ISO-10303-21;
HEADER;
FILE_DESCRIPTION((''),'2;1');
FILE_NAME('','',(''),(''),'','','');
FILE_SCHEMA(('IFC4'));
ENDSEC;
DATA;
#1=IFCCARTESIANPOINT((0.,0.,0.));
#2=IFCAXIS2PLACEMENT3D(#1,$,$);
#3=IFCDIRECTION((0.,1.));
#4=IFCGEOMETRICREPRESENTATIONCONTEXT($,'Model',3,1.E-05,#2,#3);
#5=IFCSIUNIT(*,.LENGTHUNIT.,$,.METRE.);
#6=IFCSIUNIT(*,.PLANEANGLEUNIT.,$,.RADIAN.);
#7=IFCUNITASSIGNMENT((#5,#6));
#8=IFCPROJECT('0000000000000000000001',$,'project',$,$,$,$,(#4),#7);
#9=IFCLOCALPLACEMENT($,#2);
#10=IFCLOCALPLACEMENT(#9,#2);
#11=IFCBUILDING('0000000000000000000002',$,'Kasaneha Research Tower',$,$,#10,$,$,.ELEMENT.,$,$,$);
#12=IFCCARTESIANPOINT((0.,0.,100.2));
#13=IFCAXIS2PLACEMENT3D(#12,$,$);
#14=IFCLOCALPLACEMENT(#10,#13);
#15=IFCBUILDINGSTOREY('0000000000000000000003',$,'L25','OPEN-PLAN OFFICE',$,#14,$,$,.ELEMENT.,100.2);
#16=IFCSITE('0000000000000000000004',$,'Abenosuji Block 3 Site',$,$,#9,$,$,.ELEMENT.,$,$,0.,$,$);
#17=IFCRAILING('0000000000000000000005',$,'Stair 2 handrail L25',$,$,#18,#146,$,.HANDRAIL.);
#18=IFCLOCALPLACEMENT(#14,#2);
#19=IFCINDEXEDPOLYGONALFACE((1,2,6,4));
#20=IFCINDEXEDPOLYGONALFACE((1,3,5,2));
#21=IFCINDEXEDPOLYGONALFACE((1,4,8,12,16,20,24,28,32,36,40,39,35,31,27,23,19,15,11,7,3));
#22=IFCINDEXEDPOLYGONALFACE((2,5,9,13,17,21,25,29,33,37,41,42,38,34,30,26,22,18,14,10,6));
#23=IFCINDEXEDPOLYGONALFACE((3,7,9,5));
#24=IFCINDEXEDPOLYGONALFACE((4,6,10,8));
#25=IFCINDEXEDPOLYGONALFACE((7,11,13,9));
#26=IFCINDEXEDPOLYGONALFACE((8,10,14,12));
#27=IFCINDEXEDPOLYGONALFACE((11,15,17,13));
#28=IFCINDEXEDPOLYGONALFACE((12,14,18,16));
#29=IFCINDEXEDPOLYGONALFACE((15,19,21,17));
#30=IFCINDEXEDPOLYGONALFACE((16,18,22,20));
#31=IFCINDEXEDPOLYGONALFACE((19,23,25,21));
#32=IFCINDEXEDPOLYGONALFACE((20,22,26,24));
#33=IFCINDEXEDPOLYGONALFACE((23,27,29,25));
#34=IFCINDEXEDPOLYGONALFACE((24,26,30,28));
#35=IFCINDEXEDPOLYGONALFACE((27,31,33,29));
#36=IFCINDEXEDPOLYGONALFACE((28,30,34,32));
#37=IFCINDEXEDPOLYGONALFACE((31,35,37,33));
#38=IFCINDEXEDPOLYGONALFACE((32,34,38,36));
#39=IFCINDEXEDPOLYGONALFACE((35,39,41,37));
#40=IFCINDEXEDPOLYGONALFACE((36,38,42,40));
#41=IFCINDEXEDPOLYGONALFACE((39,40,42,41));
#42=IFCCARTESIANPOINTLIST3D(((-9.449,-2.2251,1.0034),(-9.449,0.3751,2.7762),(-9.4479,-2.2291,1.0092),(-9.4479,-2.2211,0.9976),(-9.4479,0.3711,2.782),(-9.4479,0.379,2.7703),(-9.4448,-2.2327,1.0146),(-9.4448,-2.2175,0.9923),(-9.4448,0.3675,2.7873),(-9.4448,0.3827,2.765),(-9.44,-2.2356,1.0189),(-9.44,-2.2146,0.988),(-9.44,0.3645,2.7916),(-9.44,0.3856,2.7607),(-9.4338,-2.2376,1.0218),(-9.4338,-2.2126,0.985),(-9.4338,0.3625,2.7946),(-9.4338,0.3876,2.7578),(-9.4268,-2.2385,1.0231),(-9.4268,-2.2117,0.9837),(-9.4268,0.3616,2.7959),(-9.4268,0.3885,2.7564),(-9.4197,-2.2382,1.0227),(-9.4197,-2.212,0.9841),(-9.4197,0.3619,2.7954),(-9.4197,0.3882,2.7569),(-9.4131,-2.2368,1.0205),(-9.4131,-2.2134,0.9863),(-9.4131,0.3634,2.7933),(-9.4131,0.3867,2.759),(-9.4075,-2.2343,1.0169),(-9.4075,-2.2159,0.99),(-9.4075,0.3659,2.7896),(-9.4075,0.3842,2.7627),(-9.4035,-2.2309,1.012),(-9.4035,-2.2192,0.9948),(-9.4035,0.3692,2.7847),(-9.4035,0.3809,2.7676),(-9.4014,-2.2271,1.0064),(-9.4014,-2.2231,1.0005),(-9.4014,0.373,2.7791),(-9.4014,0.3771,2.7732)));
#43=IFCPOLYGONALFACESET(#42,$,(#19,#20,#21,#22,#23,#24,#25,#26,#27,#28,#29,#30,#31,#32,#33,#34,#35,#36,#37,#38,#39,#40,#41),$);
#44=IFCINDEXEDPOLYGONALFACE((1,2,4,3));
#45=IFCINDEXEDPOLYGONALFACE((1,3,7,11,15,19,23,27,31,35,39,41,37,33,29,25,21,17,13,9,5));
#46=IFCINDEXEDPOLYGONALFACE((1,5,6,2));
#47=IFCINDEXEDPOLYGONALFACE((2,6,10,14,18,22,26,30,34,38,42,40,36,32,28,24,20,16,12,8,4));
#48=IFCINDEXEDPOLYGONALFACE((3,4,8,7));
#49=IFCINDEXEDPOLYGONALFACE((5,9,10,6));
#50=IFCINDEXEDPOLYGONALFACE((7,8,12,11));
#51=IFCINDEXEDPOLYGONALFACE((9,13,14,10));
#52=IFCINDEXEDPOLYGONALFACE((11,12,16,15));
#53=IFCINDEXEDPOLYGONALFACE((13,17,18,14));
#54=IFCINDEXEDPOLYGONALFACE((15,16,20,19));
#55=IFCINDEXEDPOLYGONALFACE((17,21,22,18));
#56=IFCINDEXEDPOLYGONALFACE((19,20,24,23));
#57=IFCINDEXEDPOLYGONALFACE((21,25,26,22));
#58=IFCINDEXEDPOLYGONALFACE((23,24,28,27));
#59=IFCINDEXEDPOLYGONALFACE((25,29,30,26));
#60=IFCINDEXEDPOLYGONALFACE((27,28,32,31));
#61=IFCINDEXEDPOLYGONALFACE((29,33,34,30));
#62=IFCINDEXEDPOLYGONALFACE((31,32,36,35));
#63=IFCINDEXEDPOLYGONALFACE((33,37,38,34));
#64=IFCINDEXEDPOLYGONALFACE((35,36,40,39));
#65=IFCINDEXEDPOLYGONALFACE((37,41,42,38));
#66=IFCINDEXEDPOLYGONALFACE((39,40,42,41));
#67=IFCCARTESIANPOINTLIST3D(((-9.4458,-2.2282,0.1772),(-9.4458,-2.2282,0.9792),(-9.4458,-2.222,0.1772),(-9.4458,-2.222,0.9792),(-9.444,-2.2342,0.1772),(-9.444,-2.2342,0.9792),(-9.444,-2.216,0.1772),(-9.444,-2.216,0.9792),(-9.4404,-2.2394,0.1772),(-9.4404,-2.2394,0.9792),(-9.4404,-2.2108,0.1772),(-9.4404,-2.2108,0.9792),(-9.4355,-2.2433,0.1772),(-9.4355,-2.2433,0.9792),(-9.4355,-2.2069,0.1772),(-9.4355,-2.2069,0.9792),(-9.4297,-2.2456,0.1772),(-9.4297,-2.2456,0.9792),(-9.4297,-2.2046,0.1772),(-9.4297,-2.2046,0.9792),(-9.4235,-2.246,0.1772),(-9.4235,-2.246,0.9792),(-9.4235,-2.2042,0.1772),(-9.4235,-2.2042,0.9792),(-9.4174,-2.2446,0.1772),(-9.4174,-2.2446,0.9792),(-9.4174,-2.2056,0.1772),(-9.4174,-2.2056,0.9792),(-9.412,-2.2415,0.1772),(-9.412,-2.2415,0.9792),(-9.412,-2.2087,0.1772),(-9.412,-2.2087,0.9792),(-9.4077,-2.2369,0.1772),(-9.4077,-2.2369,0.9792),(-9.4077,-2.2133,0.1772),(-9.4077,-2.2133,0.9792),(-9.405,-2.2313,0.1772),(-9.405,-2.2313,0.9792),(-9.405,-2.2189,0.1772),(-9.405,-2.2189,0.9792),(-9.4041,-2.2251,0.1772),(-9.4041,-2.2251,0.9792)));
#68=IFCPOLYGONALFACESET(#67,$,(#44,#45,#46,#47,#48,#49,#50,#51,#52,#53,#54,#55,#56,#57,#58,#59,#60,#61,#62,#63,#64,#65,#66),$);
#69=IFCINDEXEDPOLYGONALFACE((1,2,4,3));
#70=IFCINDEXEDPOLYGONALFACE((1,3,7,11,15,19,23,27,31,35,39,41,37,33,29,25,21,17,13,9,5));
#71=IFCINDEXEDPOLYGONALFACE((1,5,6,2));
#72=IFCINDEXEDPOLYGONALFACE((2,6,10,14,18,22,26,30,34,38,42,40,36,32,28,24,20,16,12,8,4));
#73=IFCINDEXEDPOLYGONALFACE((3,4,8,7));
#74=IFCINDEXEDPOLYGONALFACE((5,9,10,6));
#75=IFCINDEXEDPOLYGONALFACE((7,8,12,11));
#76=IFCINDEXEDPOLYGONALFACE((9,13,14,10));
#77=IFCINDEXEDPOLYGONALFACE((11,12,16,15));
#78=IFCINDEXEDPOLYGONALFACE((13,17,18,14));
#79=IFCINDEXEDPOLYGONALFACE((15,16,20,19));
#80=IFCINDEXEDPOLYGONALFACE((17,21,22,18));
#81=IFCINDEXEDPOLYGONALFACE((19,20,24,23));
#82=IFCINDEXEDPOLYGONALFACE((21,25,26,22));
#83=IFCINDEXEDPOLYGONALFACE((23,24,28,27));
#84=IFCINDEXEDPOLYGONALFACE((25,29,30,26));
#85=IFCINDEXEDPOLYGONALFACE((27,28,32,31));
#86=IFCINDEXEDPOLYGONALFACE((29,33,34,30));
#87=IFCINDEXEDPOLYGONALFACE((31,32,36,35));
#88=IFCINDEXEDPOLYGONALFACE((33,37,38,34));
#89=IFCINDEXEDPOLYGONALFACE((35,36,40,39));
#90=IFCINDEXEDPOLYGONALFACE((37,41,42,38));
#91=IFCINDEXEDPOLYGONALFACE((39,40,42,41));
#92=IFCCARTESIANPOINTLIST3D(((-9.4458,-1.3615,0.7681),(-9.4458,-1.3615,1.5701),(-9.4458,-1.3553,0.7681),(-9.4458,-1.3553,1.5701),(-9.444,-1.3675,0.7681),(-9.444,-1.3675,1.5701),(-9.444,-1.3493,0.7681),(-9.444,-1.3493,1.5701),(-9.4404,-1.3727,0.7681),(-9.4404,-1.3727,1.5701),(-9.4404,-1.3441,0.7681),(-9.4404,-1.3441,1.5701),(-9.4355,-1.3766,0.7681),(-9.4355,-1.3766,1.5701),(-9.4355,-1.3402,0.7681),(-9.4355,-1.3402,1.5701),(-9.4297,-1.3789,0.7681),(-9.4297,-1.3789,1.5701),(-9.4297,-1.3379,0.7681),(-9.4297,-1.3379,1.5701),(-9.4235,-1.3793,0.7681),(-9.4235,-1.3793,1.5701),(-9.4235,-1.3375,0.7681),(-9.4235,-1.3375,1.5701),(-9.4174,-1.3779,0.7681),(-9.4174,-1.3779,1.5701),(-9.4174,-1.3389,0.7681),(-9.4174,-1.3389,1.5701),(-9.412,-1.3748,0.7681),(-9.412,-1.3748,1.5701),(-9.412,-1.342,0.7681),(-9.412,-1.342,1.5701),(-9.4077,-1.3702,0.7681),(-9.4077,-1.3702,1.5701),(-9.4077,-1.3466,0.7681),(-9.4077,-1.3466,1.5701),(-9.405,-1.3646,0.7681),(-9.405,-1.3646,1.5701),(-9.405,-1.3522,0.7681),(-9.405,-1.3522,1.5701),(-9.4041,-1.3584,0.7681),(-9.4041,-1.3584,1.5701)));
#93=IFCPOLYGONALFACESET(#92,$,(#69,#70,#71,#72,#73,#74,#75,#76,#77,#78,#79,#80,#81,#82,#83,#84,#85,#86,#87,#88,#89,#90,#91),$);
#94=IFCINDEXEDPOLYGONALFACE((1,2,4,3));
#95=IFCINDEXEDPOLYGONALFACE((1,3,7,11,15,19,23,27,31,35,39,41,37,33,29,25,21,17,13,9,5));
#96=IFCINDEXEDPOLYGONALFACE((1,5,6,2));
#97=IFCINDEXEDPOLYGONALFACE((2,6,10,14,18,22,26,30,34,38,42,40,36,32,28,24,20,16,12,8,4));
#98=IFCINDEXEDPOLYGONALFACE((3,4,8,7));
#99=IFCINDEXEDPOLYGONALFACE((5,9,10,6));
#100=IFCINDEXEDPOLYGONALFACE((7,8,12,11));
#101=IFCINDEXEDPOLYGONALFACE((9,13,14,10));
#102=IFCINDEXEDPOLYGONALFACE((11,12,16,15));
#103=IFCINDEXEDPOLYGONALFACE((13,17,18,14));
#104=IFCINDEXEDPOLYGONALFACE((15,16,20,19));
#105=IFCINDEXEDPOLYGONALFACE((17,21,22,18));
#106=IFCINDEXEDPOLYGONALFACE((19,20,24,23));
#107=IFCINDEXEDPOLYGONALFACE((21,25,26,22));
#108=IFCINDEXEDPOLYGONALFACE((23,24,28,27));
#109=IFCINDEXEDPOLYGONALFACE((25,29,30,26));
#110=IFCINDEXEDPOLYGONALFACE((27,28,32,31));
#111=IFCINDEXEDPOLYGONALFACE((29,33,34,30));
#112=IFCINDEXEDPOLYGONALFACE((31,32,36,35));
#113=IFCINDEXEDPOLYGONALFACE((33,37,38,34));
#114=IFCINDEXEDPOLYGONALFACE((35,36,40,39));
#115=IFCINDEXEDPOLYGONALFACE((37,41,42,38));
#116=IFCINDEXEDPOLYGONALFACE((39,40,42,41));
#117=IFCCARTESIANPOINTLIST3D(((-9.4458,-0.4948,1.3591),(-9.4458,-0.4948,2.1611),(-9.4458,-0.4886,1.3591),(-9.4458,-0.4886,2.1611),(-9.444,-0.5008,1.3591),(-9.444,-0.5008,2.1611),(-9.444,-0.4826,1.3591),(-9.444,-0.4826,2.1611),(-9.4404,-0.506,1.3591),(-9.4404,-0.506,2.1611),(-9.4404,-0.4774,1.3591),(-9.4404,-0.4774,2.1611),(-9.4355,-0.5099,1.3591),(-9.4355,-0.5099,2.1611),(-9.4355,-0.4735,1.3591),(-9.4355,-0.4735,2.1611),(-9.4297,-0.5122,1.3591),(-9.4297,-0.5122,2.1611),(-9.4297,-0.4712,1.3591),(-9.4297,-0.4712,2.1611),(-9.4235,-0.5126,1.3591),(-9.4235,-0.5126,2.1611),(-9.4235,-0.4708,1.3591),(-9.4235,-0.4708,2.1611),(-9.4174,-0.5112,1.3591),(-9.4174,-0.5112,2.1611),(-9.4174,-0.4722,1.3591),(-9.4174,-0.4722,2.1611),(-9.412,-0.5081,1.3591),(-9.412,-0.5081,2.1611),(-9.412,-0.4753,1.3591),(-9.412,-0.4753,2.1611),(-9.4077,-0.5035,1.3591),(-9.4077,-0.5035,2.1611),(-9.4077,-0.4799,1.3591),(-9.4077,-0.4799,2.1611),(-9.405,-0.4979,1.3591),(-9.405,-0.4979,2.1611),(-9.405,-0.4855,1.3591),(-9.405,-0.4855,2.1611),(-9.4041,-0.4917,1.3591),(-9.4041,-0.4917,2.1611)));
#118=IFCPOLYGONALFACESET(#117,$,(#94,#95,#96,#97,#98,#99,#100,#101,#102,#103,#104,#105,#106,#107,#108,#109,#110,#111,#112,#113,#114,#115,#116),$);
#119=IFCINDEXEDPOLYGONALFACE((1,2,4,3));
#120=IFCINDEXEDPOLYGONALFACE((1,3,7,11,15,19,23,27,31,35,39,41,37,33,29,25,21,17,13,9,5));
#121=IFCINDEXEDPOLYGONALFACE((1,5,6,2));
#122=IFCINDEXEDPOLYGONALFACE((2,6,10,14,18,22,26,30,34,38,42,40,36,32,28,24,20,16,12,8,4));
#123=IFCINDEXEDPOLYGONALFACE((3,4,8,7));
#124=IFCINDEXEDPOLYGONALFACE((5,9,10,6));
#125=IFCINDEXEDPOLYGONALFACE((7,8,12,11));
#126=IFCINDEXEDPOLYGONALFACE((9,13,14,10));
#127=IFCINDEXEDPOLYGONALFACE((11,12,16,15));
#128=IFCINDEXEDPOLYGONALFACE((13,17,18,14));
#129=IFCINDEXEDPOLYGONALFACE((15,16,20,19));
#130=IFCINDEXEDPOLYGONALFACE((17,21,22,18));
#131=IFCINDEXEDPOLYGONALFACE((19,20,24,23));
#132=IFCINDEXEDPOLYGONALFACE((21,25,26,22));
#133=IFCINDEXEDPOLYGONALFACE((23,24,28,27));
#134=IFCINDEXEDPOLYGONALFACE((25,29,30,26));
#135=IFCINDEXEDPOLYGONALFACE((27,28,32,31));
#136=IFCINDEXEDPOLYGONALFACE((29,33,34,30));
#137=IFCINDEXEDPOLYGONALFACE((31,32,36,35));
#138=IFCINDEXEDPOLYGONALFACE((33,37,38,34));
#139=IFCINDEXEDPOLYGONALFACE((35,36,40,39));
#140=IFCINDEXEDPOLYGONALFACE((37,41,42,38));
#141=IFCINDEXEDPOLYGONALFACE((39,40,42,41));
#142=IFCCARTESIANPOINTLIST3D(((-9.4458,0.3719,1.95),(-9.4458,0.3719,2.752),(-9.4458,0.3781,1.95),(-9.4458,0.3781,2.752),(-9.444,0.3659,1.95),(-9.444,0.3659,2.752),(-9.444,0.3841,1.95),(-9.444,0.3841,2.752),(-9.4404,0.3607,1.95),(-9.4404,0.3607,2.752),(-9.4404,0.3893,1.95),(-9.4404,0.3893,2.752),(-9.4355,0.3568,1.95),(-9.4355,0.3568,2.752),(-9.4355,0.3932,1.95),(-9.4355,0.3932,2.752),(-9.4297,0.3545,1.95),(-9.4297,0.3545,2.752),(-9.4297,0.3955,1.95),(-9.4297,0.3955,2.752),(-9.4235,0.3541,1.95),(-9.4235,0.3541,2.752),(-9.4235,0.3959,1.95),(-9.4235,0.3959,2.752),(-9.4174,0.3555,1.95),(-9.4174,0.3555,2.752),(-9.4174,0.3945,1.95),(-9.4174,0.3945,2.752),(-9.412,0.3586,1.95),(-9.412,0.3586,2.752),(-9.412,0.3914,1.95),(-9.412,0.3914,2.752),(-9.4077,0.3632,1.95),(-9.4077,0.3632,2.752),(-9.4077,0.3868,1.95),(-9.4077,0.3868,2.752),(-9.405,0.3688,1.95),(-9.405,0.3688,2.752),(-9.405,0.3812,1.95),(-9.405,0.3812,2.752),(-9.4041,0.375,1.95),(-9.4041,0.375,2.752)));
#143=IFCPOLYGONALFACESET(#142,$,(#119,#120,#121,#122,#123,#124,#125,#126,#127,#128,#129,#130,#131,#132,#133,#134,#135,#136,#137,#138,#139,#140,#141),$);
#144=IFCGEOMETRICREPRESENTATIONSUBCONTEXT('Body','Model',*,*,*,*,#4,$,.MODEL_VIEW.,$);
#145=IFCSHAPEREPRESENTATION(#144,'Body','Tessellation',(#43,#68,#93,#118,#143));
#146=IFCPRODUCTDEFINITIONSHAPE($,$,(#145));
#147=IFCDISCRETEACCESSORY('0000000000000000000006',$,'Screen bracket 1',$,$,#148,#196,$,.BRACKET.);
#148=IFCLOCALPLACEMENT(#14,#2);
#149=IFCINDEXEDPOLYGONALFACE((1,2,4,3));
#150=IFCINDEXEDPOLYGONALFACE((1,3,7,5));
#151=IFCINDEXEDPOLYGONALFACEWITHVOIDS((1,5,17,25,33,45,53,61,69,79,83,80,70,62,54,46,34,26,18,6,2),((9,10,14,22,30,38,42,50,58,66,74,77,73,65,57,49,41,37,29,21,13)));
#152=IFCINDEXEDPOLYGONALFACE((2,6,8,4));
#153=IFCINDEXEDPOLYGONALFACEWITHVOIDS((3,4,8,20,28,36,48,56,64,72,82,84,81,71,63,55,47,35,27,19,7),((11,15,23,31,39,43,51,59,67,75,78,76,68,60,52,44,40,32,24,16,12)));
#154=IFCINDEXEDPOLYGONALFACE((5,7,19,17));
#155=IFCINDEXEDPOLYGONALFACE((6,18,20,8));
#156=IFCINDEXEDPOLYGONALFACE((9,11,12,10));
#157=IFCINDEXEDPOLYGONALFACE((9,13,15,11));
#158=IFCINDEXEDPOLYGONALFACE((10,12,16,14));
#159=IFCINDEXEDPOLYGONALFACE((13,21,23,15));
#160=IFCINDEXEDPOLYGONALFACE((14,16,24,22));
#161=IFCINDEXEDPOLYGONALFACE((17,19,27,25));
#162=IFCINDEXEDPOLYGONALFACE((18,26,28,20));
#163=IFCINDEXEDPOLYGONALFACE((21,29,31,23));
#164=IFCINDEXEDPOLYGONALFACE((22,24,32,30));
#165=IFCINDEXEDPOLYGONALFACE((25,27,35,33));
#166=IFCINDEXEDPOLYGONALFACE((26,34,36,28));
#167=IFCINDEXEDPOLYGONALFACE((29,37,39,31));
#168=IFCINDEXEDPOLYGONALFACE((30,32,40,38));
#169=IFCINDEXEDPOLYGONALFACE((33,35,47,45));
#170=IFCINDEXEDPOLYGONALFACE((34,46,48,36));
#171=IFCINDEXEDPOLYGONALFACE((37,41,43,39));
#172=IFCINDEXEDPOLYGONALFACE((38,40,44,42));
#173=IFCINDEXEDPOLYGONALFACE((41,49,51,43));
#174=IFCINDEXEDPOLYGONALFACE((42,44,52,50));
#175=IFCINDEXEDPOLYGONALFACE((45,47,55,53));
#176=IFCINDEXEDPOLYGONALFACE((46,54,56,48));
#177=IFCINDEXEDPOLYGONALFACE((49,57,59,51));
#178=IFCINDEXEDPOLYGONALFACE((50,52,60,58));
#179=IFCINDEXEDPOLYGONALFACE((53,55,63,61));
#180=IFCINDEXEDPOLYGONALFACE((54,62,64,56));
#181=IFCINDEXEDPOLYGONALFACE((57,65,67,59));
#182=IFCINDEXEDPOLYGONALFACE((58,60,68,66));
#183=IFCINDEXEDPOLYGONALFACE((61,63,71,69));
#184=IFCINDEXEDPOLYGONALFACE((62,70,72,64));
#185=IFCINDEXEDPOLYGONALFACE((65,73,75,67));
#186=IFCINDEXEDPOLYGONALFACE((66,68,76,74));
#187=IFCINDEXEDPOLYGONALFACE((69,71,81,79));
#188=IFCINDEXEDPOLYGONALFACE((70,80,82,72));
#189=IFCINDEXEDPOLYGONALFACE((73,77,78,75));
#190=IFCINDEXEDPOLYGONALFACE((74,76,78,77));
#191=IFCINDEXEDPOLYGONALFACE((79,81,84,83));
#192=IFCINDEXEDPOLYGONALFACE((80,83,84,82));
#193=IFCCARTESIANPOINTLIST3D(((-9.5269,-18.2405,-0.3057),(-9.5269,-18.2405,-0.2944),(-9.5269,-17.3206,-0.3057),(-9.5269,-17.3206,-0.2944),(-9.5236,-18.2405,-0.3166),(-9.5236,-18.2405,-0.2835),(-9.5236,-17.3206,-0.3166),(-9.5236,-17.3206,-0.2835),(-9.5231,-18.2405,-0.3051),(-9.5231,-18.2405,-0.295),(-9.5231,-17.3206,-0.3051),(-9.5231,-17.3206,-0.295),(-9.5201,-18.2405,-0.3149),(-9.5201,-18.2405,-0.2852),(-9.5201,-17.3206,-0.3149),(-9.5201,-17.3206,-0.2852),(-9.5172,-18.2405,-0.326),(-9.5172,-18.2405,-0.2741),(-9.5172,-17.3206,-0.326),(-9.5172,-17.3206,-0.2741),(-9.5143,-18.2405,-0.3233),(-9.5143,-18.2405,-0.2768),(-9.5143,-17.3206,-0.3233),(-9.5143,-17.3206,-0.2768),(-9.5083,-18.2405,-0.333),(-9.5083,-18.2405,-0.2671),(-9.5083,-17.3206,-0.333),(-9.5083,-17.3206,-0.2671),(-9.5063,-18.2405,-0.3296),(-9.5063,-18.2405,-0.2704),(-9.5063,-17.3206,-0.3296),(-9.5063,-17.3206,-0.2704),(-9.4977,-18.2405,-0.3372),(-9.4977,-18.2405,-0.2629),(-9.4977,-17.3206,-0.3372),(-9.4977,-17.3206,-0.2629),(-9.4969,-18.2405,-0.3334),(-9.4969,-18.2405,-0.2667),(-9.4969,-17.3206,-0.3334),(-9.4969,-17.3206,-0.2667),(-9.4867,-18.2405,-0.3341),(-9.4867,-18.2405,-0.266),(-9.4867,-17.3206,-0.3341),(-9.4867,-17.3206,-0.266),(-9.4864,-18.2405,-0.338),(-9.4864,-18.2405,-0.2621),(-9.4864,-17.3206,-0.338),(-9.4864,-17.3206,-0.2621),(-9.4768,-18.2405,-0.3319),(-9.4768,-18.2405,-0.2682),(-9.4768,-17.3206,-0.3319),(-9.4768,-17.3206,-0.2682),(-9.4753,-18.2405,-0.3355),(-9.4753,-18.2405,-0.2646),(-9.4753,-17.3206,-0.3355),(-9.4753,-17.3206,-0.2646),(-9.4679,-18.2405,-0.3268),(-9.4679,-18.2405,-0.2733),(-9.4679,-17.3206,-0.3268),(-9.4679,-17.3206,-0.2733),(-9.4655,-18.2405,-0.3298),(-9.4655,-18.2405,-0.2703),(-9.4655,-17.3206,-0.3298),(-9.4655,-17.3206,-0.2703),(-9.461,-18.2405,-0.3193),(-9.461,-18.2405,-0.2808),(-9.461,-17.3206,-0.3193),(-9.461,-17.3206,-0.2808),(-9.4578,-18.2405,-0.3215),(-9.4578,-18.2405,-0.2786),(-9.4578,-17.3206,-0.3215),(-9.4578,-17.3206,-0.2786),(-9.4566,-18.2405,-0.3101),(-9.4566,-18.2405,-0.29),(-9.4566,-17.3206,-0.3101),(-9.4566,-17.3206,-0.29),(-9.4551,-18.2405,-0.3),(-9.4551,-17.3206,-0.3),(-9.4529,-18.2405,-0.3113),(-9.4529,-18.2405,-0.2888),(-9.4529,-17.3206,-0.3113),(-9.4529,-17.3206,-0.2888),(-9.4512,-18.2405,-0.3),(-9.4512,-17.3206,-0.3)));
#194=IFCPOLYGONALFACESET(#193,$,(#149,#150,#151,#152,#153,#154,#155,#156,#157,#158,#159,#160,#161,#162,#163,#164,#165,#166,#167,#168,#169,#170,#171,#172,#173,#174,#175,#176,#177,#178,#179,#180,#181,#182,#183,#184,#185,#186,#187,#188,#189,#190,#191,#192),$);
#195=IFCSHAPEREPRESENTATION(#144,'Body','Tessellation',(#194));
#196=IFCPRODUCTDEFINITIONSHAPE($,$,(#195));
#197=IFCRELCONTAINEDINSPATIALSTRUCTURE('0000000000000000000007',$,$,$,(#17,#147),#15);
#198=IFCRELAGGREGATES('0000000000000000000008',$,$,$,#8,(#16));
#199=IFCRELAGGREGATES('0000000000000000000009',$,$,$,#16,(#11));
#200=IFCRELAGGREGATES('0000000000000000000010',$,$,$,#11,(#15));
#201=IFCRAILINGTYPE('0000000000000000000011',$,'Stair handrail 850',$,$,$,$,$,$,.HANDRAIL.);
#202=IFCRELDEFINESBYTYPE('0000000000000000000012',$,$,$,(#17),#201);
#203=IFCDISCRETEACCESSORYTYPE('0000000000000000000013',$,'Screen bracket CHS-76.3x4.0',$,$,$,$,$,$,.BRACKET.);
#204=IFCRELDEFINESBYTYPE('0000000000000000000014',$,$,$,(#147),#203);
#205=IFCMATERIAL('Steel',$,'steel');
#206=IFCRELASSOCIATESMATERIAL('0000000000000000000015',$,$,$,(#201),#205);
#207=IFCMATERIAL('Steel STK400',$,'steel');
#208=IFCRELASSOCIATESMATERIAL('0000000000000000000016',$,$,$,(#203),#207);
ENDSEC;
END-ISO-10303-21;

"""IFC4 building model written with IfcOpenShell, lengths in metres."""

from ifc_helpers import new_model, si_unit, direction, frame, origin, origin_2d, place, context, subcontext, project, spatial, circle, hollow_circle, extrude, material, material_profile, profile_set, type_object, element, save


model = new_model("IFC4")

# Units and contexts
model_context = context("Model", 3, precision=1e-05, world=origin(), true_north=direction((0.0, 1.0)))
body_context = subcontext(model_context, "Body", "Model", "MODEL_VIEW")
ifc_project = project(units=[si_unit("LENGTHUNIT", "METRE"), si_unit("PLANEANGLEUNIT", "RADIAN")], contexts=[model_context])

# Site, building, storey
site_placement = place(None, origin())
site = spatial("IfcSite", under=ifc_project, at=site_placement, Name="Abenosuji Block 3 Site", CompositionType="ELEMENT", RefElevation=0.0)
building_placement = place(site_placement, origin())
building = spatial("IfcBuilding", under=site, at=building_placement, Name="Kasaneha Research Tower", CompositionType="ELEMENT")
storey_placement = place(building_placement, frame((0.0, 0.0, 100.2)))
storey = spatial("IfcBuildingStorey", under=building, at=storey_placement, Name="L25", Description="OPEN-PLAN OFFICE", CompositionType="ELEMENT", Elevation=100.2)

# Railing
ifc_material_1 = material(Name="Steel", Category="steel")
railing_type = type_object("IfcRailingType", Name="Stair handrail 850", PredefinedType="HANDRAIL", material=ifc_material_1)
railing_placement = place(storey_placement, frame((-9.425, -2.2251, 0.1772)))
element("IfcRailing", 1, at=railing_placement, inside=storey, type_object=railing_type, Name="Stair 2 handrail L25", PredefinedType="HANDRAIL", context=body_context, shape_type="SweptSolid", body=[
    extrude(circle(Radius=0.0239, at=origin_2d()), frame((0.0, 0.0, 0.8262), z_axis=(0.0, 0.82624, 0.563318), x_axis=(-1.0, 0.0, 0.0)), (0.0, 0.0, 1.0), 3.147),
    extrude(circle(Radius=0.021, at=origin_2d()), origin(), (0.0, 0.0, 1.0), 0.802),
    extrude(circle(Radius=0.021, at=origin_2d()), frame((0.0, 0.8667, 0.5908)), (0.0, 0.0, 1.0), 0.802),
    extrude(circle(Radius=0.021, at=origin_2d()), frame((0.0, 1.7334, 1.1819)), (0.0, 0.0, 1.0), 0.802),
    extrude(circle(Radius=0.021, at=origin_2d()), frame((0.0, 2.6001, 1.7727)), (0.0, 0.0, 1.0), 0.802),
])

# Discrete accessory
ifc_material_2 = material(Name="Steel STK400", Category="steel")
ifc_material_profile_1 = material_profile(ifc_material_2, hollow_circle(Radius=0.0381, WallThickness=0.0039, at=origin_2d()), Name="CHS-76.3x4.0")
ifc_profile_set_1 = profile_set([ifc_material_profile_1], Name="Steel STK400")
discrete_accessory_type = type_object("IfcDiscreteAccessoryType", Name="Screen bracket CHS-76.3x4.0", PredefinedType="BRACKET", material=ifc_profile_set_1)
discrete_accessory_placement = place(storey_placement, frame((-9.4893, -17.3206, -0.3), z_axis=(0.0, -1.0, 0.0), x_axis=(1.0, 0.0, 0.0)))
element("IfcDiscreteAccessory", 2, at=discrete_accessory_placement, inside=storey, type_object=discrete_accessory_type, Name="Screen bracket 1", PredefinedType="BRACKET", context=body_context, shape_type="SweptSolid", body=[
    extrude(hollow_circle(Radius=0.0381, WallThickness=0.0039, at=origin_2d()), origin(), (0.0, 0.0, 1.0), 0.9199),
])

save(model, "model.ifc")
